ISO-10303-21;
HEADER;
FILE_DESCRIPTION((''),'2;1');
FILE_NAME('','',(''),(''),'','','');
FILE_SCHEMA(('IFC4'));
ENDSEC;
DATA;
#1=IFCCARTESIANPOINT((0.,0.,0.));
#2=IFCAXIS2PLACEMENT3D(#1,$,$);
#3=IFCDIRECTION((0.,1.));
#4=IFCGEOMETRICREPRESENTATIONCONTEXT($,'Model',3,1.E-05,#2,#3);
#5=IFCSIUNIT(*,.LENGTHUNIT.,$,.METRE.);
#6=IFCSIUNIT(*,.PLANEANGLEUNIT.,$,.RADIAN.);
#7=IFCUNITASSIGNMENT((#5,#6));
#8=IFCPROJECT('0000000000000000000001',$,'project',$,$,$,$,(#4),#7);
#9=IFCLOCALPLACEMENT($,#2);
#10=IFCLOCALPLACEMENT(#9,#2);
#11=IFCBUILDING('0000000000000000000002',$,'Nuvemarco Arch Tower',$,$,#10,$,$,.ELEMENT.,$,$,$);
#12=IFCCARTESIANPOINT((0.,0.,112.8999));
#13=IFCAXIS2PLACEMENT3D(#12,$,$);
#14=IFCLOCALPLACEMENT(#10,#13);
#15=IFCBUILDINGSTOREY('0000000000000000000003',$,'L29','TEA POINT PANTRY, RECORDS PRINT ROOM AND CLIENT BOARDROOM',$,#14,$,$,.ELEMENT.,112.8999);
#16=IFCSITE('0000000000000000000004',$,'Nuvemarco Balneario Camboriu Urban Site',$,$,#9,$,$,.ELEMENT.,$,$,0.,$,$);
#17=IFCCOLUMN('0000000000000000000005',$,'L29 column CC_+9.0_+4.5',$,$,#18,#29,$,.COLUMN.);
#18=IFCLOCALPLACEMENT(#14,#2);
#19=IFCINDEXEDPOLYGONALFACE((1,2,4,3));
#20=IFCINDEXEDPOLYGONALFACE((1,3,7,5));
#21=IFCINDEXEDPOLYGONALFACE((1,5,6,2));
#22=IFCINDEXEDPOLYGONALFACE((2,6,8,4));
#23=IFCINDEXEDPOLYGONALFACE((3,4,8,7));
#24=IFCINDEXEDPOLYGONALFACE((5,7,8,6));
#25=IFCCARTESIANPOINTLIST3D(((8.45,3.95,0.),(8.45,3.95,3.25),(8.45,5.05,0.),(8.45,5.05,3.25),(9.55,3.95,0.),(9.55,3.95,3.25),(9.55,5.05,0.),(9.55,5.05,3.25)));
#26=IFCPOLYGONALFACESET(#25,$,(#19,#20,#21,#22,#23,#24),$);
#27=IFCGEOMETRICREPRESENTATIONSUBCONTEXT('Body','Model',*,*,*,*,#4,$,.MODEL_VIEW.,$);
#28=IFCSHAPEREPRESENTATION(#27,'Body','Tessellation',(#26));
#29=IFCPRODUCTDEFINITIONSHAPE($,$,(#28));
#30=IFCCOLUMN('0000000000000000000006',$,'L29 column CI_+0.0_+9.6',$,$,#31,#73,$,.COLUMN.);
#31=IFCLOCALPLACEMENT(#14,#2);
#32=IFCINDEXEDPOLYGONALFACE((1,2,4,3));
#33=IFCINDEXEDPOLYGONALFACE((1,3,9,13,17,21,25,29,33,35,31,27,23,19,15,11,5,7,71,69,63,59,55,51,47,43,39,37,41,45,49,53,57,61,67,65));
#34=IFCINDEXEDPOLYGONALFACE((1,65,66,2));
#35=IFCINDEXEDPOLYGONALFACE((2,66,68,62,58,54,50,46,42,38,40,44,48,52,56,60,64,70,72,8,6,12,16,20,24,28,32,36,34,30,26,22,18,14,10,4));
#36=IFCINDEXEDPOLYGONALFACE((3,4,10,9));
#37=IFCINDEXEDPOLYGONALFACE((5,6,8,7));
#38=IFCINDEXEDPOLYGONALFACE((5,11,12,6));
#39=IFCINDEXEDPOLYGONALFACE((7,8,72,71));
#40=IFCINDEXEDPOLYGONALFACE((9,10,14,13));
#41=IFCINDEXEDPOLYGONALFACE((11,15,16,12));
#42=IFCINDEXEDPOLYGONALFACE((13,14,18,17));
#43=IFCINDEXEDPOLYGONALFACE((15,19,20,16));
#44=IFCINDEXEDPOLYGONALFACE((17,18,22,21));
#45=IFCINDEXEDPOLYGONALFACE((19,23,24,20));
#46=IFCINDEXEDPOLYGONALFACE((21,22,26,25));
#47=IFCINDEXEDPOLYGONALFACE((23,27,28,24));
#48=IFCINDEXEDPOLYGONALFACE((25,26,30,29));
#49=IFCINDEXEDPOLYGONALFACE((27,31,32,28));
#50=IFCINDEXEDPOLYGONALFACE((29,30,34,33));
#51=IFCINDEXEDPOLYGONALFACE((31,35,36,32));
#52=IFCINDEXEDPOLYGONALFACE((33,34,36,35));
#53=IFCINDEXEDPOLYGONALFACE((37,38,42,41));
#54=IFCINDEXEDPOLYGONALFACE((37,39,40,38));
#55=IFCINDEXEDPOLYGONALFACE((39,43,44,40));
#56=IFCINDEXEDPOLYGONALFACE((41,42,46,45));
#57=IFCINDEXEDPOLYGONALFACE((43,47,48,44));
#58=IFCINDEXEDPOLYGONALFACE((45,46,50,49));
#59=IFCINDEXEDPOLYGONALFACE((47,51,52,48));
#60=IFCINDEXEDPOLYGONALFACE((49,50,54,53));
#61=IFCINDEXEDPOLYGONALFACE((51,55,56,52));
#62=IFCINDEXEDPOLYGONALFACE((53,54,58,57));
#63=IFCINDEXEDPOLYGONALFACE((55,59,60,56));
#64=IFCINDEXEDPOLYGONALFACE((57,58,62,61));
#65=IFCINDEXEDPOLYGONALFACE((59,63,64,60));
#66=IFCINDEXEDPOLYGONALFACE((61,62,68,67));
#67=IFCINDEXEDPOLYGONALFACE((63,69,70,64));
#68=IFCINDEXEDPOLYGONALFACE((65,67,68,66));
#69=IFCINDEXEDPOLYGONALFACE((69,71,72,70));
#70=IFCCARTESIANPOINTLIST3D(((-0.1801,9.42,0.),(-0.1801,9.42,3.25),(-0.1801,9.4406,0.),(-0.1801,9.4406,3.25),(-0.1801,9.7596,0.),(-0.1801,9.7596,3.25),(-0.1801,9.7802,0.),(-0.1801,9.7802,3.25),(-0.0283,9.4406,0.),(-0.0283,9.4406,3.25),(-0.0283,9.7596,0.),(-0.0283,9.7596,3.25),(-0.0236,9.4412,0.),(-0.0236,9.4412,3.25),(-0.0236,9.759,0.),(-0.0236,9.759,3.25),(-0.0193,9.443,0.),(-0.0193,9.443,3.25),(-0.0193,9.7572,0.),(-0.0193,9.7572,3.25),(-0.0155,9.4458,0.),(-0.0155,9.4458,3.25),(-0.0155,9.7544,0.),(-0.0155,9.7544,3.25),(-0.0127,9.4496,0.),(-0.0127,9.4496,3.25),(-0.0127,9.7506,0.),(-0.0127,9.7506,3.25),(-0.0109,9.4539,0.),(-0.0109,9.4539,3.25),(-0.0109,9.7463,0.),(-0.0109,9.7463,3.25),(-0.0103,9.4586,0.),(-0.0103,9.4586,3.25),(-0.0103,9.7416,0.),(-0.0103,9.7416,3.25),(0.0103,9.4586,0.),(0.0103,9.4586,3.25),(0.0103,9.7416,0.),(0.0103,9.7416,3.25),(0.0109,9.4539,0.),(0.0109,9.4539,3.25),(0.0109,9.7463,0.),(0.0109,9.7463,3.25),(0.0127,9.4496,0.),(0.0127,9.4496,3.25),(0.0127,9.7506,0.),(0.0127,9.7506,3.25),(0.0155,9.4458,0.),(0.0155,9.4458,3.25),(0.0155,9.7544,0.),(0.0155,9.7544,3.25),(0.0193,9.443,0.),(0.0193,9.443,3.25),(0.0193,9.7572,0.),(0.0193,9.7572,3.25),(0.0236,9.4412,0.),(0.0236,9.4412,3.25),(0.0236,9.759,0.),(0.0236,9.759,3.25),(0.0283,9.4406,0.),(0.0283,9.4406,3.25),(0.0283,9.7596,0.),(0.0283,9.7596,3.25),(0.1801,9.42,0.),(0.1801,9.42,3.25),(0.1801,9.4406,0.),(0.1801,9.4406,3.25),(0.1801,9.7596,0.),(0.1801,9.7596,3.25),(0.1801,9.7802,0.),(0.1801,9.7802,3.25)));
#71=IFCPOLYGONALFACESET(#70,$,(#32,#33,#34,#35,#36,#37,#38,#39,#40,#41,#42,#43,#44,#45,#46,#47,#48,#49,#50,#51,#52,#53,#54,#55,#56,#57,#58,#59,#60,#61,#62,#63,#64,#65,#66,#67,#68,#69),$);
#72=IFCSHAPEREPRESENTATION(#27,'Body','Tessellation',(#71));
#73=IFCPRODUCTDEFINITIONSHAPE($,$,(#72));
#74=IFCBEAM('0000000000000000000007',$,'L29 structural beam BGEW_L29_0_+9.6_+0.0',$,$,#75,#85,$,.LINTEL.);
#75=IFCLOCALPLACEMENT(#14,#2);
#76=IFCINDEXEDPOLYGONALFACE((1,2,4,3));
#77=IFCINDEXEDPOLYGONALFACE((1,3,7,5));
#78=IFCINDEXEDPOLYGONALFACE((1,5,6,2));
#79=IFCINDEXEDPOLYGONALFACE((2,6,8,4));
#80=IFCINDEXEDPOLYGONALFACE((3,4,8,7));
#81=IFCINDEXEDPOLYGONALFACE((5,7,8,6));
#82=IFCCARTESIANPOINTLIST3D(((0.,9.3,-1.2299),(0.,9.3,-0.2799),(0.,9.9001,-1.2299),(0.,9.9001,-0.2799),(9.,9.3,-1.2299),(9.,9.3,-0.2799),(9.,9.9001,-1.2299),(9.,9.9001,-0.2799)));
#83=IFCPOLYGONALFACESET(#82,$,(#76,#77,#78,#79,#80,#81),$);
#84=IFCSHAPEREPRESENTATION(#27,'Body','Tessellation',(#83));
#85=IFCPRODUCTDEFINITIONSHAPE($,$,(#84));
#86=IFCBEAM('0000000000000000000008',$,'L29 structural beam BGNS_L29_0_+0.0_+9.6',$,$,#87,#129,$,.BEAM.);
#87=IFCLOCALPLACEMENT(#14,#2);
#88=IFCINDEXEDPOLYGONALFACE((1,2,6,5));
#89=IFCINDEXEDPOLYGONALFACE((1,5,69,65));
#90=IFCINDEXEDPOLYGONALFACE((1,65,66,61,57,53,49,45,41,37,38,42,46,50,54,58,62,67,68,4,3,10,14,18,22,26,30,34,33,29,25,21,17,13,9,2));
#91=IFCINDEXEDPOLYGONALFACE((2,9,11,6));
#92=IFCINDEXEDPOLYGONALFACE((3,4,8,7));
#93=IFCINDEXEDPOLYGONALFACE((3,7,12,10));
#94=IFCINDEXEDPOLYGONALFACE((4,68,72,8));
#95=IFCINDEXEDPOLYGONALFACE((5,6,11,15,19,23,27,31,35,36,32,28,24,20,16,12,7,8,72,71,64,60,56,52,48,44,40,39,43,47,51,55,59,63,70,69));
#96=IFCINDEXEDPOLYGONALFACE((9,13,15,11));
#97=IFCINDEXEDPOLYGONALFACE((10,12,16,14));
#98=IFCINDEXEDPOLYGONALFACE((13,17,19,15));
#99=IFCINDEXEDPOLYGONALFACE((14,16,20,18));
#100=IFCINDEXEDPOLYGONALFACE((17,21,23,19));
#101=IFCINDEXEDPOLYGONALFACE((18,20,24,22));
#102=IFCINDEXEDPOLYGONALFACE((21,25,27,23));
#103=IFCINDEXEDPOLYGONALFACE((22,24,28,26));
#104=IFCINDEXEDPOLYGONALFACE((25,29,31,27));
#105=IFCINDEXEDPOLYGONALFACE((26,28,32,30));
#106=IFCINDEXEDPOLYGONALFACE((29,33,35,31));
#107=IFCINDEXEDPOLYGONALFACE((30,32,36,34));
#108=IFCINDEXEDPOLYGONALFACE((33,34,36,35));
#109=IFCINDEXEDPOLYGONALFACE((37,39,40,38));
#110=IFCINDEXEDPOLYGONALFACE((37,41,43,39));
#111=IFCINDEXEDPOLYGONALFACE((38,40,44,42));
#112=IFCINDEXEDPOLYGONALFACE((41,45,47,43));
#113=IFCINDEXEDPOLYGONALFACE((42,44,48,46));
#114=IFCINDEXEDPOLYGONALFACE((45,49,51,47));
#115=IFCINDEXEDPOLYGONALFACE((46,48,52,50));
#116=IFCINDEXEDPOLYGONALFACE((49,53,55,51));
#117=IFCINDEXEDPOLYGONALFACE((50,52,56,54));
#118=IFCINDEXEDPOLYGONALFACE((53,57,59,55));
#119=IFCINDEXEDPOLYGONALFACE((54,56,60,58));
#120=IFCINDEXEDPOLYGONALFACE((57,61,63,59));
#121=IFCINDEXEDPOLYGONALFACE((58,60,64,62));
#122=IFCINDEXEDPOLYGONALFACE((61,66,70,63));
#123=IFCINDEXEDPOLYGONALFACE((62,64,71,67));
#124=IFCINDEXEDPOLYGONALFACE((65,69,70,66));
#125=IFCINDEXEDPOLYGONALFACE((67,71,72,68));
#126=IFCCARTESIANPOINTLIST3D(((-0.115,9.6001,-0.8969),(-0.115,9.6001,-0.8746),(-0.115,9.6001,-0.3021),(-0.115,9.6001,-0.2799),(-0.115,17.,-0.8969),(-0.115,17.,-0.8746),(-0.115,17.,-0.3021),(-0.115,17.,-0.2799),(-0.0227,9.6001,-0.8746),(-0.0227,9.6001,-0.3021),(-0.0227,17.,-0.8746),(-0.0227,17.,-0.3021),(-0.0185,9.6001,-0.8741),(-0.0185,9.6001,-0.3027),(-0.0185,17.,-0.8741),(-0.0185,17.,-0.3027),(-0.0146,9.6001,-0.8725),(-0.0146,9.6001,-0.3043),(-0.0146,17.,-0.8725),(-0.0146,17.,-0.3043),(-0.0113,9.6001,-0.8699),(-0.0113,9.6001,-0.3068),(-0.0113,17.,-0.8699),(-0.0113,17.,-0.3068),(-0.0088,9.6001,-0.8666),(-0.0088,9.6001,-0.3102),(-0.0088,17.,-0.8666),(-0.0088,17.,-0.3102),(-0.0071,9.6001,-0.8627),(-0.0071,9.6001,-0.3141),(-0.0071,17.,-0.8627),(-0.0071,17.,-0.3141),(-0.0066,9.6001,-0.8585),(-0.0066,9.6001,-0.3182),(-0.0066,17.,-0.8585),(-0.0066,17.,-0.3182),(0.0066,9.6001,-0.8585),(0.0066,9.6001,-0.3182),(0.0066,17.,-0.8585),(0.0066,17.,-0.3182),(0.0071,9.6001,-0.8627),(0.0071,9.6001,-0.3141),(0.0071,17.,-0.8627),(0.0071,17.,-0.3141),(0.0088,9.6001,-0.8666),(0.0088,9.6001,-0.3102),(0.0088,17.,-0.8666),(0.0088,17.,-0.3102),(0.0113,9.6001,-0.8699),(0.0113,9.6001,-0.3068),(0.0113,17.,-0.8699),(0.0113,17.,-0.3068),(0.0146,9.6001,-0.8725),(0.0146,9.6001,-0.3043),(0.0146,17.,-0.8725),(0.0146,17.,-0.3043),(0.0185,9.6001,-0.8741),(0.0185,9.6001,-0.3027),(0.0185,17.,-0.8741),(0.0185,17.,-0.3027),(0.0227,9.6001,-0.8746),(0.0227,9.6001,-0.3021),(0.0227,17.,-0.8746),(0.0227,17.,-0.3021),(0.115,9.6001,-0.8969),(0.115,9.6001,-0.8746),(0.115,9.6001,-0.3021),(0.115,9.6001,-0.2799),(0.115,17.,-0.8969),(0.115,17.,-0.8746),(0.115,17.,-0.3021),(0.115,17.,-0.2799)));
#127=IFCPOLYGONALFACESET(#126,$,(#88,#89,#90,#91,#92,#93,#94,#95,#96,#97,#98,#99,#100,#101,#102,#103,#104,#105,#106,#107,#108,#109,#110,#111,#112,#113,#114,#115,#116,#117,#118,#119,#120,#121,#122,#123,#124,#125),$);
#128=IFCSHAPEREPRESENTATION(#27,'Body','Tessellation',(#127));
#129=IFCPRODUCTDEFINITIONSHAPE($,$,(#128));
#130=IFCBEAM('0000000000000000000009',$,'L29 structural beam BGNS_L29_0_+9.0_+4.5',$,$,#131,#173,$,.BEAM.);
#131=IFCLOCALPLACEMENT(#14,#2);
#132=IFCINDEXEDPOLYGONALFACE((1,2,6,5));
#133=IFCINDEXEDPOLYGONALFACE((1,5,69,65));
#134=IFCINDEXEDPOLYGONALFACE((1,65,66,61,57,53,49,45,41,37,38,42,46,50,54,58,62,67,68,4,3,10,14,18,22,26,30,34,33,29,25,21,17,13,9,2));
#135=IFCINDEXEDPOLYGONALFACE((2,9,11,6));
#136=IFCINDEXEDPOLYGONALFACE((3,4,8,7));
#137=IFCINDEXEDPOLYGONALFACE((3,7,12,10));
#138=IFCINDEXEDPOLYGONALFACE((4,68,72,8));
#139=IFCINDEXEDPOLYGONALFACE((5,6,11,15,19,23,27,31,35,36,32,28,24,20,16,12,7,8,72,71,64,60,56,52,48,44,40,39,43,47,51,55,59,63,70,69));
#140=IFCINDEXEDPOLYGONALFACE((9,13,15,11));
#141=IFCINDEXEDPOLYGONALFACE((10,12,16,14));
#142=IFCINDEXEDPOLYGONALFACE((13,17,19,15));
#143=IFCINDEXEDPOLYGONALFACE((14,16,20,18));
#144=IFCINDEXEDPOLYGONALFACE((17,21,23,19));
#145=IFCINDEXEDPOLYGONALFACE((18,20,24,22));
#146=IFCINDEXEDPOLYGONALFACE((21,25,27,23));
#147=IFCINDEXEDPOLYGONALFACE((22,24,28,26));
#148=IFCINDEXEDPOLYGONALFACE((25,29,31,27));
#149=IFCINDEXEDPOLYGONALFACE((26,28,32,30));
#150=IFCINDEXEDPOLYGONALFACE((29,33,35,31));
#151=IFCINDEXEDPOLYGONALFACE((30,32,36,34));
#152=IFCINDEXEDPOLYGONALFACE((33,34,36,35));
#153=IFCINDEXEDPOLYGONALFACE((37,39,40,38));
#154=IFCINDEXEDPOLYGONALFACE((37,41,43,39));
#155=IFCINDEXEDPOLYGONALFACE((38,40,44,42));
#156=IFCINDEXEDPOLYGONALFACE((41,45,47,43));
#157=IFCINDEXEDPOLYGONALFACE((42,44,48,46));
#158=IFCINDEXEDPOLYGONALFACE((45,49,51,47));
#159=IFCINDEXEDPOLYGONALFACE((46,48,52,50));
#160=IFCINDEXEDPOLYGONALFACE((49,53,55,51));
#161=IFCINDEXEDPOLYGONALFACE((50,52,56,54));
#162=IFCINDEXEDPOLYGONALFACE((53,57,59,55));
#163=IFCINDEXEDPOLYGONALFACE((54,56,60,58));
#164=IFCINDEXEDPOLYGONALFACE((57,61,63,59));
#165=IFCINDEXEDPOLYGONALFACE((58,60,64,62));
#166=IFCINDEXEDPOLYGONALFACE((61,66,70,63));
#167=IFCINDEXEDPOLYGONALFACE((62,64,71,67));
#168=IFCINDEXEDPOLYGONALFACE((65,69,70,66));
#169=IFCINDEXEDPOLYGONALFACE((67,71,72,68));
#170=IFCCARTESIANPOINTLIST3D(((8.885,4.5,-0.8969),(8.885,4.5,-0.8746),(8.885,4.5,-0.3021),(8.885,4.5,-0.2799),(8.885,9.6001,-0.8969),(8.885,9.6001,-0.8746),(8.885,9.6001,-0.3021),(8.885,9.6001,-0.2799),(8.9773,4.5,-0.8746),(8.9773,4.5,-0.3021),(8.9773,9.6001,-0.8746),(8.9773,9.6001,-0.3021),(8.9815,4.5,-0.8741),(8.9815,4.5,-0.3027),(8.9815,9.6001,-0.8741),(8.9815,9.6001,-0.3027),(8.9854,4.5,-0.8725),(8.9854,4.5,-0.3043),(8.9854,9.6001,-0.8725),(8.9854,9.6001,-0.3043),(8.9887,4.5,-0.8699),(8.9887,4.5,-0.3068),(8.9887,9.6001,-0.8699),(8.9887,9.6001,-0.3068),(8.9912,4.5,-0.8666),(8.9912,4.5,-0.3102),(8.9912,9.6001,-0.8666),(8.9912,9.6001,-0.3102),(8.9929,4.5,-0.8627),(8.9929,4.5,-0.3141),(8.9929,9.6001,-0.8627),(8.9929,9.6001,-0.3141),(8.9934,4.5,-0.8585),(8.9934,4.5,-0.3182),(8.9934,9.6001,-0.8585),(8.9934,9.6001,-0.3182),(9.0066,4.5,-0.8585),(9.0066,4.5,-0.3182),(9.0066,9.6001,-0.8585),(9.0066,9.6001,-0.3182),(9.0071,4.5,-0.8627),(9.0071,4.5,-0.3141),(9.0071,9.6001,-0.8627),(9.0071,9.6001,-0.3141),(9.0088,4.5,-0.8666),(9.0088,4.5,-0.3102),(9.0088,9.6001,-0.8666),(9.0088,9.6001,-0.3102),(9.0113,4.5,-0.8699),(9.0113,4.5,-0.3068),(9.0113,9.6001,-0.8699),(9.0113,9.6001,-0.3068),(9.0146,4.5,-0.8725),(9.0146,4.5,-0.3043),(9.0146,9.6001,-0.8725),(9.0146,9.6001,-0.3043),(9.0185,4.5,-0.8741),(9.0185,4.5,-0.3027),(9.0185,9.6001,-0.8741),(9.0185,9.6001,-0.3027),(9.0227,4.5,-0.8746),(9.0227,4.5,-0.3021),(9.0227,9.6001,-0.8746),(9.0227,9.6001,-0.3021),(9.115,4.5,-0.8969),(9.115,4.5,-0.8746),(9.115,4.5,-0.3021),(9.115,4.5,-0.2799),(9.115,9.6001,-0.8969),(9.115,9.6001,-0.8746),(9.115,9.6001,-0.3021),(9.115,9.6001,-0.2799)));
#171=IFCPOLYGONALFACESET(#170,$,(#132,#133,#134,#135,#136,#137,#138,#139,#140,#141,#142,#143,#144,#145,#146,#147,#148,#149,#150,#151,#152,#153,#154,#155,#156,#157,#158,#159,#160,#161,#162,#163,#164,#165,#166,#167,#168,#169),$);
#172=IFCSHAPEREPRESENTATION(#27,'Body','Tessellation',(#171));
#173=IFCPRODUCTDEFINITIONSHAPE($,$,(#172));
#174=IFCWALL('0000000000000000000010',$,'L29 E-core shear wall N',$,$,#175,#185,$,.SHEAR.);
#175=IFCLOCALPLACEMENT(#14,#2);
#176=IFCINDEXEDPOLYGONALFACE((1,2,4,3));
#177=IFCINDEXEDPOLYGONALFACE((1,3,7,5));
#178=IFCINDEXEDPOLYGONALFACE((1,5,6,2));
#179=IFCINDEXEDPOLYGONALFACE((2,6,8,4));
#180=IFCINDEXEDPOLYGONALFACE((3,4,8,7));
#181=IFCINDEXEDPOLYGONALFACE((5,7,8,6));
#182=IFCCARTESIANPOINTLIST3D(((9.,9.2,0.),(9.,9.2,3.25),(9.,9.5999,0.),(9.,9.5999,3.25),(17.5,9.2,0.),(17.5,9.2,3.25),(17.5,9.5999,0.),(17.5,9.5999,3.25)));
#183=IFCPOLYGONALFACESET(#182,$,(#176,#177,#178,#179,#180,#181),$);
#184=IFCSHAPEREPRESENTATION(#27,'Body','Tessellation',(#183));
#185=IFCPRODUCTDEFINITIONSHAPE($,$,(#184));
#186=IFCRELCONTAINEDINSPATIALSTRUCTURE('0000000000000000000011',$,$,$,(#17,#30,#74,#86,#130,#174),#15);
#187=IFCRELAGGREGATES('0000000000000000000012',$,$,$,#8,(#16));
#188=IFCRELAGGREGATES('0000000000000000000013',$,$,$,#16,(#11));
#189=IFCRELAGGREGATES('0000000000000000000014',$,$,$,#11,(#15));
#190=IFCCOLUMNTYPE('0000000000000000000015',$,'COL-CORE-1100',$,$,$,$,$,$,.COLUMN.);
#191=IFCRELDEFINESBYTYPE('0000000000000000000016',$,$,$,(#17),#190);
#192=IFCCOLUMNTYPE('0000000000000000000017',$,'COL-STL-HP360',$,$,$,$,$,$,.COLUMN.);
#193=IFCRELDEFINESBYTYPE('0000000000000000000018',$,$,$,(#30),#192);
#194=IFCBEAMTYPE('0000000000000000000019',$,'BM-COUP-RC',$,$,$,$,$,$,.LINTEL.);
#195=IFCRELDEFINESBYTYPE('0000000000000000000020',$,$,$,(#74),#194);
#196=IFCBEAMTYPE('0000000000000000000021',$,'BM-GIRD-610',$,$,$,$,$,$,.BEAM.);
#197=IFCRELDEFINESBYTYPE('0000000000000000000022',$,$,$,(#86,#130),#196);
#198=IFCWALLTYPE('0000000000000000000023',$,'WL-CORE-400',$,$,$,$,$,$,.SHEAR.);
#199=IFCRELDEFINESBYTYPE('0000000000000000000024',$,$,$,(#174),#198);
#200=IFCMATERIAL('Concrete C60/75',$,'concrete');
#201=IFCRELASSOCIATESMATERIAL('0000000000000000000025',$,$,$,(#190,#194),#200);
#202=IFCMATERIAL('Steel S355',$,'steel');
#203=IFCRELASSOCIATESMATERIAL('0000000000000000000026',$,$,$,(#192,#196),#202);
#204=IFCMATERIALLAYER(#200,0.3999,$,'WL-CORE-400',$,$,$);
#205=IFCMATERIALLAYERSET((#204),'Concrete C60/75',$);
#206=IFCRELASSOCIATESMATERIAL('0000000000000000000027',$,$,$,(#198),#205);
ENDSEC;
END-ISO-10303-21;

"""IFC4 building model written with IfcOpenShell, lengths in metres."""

from ifc_helpers import new_model, si_unit, direction, frame, frame_2d, origin, origin_2d, place, context, subcontext, project, spatial, rectangle, i_section, extrude, material, layer, layer_set, material_profile, profile_set, type_object, element, save


model = new_model("IFC4")

# Units and contexts
model_context = context("Model", 3, precision=1e-05, world=origin(), true_north=direction((0.0, 1.0)))
body_context = subcontext(model_context, "Body", "Model", "MODEL_VIEW")
ifc_project = project(units=[si_unit("LENGTHUNIT", "METRE"), si_unit("PLANEANGLEUNIT", "RADIAN")], contexts=[model_context])

# Site, building, storey
site_placement = place(None, origin())
site = spatial("IfcSite", under=ifc_project, at=site_placement, Name="Nuvemarco Balneario Camboriu Urban Site", CompositionType="ELEMENT", RefElevation=0.0)
building_placement = place(site_placement, origin())
building = spatial("IfcBuilding", under=site, at=building_placement, Name="Nuvemarco Arch Tower", CompositionType="ELEMENT")
storey_placement = place(building_placement, frame((0.0, 0.0, 112.8999)))
storey = spatial("IfcBuildingStorey", under=building, at=storey_placement, Name="L29", Description="TEA POINT PANTRY, RECORDS PRINT ROOM AND CLIENT BOARDROOM", CompositionType="ELEMENT", Elevation=112.8999)

# Columns
ifc_material_1 = material(Name="Concrete C60/75", Category="concrete")
ifc_material_profile_1 = material_profile(ifc_material_1, rectangle(XDim=1.1001, YDim=1.1001, at=origin_2d()), Name="RC-COL-1100x1100")
ifc_profile_set_1 = profile_set([ifc_material_profile_1], Name="Concrete C60/75")
column_type_1 = type_object("IfcColumnType", Name="COL-CORE-1100", PredefinedType="COLUMN", material=ifc_profile_set_1)
column_1_placement = place(storey_placement, frame((9.0, 4.5, 0.0), z_axis=(0.0, 0.0, 1.0), x_axis=(1.0, 0.0, 0.0)))
element("IfcColumn", 1, at=column_1_placement, inside=storey, type_object=column_type_1, Name="L29 column CC_+9.0_+4.5", PredefinedType="COLUMN", context=body_context, shape_type="SweptSolid", body=[
    extrude(rectangle(XDim=1.1001, YDim=1.1001, at=origin_2d()), origin(), (0.0, 0.0, 1.0), 3.25),
])
ifc_material_2 = material(Name="Steel S355", Category="steel")
ifc_material_profile_2 = material_profile(ifc_material_2, i_section(OverallWidth=0.3601, OverallDepth=0.3601, WebThickness=0.0205, FlangeThickness=0.0205, FilletRadius=0.0181, at=origin_2d()), Name="HP360x174")
ifc_profile_set_2 = profile_set([ifc_material_profile_2], Name="Steel S355")
column_type_2 = type_object("IfcColumnType", Name="COL-STL-HP360", PredefinedType="COLUMN", material=ifc_profile_set_2)
column_2_placement = place(storey_placement, frame((0.0, 9.6001, 0.0), z_axis=(0.0, 0.0, 1.0), x_axis=(1.0, 0.0, 0.0)))
element("IfcColumn", 2, at=column_2_placement, inside=storey, type_object=column_type_2, Name="L29 column CI_+0.0_+9.6", PredefinedType="COLUMN", context=body_context, shape_type="SweptSolid", body=[
    extrude(i_section(OverallWidth=0.3601, OverallDepth=0.3601, WebThickness=0.0205, FlangeThickness=0.0205, FilletRadius=0.0181, at=origin_2d()), origin(), (0.0, 0.0, 1.0), 3.25),
])

# Beams
ifc_material_profile_3 = material_profile(ifc_material_1, rectangle(XDim=0.6001, YDim=0.95, at=origin_2d()), Name="RC-BM-600x950")
ifc_profile_set_3 = profile_set([ifc_material_profile_3], Name="Concrete C60/75")
beam_type_1 = type_object("IfcBeamType", Name="BM-COUP-RC", PredefinedType="LINTEL", material=ifc_profile_set_3)
beam_1_placement = place(storey_placement, frame((0.0, 9.6001, -0.7549), z_axis=(1.0, 0.0, 0.0), x_axis=(0.0, 1.0, 0.0)))
element("IfcBeam", 3, at=beam_1_placement, inside=storey, type_object=beam_type_1, Name="L29 structural beam BGEW_L29_0_+9.6_+0.0", PredefinedType="LINTEL", context=body_context, shape_type="SweptSolid", body=[
    extrude(rectangle(XDim=0.6001, YDim=0.95, at=origin_2d()), origin(), (0.0, 0.0, 1.0), 9.0),
])
ifc_material_profile_4 = material_profile(ifc_material_2, i_section(OverallWidth=0.23, OverallDepth=0.6169, WebThickness=0.0132, FlangeThickness=0.0222, FilletRadius=0.0161, at=origin_2d()), Name="W610x140")
ifc_profile_set_4 = profile_set([ifc_material_profile_4], Name="Steel S355")
beam_type_2 = type_object("IfcBeamType", Name="BM-GIRD-610", PredefinedType="BEAM", material=ifc_profile_set_4)
beam_2_placement = place(storey_placement, frame((0.0, 9.6001, -0.5884), z_axis=(0.0, 1.0, 0.0), x_axis=(-1.0, 0.0, 0.0)))
element("IfcBeam", 4, at=beam_2_placement, inside=storey, type_object=beam_type_2, Name="L29 structural beam BGNS_L29_0_+0.0_+9.6", PredefinedType="BEAM", context=body_context, shape_type="SweptSolid", body=[
    extrude(i_section(OverallWidth=0.23, OverallDepth=0.6169, WebThickness=0.0132, FlangeThickness=0.0222, FilletRadius=0.0161, at=origin_2d()), origin(), (0.0, 0.0, 1.0), 7.3999),
])
beam_3_placement = place(storey_placement, frame((9.0, 4.5, -0.5884), z_axis=(0.0, 1.0, 0.0), x_axis=(-1.0, 0.0, 0.0)))
element("IfcBeam", 5, at=beam_3_placement, inside=storey, type_object=beam_type_2, Name="L29 structural beam BGNS_L29_0_+9.0_+4.5", PredefinedType="BEAM", context=body_context, shape_type="SweptSolid", body=[
    extrude(i_section(OverallWidth=0.23, OverallDepth=0.6169, WebThickness=0.0132, FlangeThickness=0.0222, FilletRadius=0.0161, at=origin_2d()), origin(), (0.0, 0.0, 1.0), 5.1001),
])

# Wall
ifc_layer_1 = layer(ifc_material_1, 0.3999, Name="WL-CORE-400")
ifc_layer_set_1 = layer_set([ifc_layer_1], Name="Concrete C60/75")
wall_type_1 = type_object("IfcWallType", Name="WL-CORE-400", PredefinedType="SHEAR", material=ifc_layer_set_1)
wall_1_placement = place(storey_placement, frame((9.0, 9.3999, 0.0), z_axis=(0.0, 0.0, 1.0), x_axis=(1.0, 0.0, 0.0)))
element("IfcWall", 6, at=wall_1_placement, inside=storey, type_object=wall_type_1, Name="L29 E-core shear wall N", PredefinedType="SHEAR", context=body_context, shape_type="SweptSolid", body=[
    extrude(rectangle(XDim=8.5, YDim=0.3999, at=frame_2d((4.25, 0.0))), origin(), (0.0, 0.0, 1.0), 3.25),
])

save(model, "model.ifc")
